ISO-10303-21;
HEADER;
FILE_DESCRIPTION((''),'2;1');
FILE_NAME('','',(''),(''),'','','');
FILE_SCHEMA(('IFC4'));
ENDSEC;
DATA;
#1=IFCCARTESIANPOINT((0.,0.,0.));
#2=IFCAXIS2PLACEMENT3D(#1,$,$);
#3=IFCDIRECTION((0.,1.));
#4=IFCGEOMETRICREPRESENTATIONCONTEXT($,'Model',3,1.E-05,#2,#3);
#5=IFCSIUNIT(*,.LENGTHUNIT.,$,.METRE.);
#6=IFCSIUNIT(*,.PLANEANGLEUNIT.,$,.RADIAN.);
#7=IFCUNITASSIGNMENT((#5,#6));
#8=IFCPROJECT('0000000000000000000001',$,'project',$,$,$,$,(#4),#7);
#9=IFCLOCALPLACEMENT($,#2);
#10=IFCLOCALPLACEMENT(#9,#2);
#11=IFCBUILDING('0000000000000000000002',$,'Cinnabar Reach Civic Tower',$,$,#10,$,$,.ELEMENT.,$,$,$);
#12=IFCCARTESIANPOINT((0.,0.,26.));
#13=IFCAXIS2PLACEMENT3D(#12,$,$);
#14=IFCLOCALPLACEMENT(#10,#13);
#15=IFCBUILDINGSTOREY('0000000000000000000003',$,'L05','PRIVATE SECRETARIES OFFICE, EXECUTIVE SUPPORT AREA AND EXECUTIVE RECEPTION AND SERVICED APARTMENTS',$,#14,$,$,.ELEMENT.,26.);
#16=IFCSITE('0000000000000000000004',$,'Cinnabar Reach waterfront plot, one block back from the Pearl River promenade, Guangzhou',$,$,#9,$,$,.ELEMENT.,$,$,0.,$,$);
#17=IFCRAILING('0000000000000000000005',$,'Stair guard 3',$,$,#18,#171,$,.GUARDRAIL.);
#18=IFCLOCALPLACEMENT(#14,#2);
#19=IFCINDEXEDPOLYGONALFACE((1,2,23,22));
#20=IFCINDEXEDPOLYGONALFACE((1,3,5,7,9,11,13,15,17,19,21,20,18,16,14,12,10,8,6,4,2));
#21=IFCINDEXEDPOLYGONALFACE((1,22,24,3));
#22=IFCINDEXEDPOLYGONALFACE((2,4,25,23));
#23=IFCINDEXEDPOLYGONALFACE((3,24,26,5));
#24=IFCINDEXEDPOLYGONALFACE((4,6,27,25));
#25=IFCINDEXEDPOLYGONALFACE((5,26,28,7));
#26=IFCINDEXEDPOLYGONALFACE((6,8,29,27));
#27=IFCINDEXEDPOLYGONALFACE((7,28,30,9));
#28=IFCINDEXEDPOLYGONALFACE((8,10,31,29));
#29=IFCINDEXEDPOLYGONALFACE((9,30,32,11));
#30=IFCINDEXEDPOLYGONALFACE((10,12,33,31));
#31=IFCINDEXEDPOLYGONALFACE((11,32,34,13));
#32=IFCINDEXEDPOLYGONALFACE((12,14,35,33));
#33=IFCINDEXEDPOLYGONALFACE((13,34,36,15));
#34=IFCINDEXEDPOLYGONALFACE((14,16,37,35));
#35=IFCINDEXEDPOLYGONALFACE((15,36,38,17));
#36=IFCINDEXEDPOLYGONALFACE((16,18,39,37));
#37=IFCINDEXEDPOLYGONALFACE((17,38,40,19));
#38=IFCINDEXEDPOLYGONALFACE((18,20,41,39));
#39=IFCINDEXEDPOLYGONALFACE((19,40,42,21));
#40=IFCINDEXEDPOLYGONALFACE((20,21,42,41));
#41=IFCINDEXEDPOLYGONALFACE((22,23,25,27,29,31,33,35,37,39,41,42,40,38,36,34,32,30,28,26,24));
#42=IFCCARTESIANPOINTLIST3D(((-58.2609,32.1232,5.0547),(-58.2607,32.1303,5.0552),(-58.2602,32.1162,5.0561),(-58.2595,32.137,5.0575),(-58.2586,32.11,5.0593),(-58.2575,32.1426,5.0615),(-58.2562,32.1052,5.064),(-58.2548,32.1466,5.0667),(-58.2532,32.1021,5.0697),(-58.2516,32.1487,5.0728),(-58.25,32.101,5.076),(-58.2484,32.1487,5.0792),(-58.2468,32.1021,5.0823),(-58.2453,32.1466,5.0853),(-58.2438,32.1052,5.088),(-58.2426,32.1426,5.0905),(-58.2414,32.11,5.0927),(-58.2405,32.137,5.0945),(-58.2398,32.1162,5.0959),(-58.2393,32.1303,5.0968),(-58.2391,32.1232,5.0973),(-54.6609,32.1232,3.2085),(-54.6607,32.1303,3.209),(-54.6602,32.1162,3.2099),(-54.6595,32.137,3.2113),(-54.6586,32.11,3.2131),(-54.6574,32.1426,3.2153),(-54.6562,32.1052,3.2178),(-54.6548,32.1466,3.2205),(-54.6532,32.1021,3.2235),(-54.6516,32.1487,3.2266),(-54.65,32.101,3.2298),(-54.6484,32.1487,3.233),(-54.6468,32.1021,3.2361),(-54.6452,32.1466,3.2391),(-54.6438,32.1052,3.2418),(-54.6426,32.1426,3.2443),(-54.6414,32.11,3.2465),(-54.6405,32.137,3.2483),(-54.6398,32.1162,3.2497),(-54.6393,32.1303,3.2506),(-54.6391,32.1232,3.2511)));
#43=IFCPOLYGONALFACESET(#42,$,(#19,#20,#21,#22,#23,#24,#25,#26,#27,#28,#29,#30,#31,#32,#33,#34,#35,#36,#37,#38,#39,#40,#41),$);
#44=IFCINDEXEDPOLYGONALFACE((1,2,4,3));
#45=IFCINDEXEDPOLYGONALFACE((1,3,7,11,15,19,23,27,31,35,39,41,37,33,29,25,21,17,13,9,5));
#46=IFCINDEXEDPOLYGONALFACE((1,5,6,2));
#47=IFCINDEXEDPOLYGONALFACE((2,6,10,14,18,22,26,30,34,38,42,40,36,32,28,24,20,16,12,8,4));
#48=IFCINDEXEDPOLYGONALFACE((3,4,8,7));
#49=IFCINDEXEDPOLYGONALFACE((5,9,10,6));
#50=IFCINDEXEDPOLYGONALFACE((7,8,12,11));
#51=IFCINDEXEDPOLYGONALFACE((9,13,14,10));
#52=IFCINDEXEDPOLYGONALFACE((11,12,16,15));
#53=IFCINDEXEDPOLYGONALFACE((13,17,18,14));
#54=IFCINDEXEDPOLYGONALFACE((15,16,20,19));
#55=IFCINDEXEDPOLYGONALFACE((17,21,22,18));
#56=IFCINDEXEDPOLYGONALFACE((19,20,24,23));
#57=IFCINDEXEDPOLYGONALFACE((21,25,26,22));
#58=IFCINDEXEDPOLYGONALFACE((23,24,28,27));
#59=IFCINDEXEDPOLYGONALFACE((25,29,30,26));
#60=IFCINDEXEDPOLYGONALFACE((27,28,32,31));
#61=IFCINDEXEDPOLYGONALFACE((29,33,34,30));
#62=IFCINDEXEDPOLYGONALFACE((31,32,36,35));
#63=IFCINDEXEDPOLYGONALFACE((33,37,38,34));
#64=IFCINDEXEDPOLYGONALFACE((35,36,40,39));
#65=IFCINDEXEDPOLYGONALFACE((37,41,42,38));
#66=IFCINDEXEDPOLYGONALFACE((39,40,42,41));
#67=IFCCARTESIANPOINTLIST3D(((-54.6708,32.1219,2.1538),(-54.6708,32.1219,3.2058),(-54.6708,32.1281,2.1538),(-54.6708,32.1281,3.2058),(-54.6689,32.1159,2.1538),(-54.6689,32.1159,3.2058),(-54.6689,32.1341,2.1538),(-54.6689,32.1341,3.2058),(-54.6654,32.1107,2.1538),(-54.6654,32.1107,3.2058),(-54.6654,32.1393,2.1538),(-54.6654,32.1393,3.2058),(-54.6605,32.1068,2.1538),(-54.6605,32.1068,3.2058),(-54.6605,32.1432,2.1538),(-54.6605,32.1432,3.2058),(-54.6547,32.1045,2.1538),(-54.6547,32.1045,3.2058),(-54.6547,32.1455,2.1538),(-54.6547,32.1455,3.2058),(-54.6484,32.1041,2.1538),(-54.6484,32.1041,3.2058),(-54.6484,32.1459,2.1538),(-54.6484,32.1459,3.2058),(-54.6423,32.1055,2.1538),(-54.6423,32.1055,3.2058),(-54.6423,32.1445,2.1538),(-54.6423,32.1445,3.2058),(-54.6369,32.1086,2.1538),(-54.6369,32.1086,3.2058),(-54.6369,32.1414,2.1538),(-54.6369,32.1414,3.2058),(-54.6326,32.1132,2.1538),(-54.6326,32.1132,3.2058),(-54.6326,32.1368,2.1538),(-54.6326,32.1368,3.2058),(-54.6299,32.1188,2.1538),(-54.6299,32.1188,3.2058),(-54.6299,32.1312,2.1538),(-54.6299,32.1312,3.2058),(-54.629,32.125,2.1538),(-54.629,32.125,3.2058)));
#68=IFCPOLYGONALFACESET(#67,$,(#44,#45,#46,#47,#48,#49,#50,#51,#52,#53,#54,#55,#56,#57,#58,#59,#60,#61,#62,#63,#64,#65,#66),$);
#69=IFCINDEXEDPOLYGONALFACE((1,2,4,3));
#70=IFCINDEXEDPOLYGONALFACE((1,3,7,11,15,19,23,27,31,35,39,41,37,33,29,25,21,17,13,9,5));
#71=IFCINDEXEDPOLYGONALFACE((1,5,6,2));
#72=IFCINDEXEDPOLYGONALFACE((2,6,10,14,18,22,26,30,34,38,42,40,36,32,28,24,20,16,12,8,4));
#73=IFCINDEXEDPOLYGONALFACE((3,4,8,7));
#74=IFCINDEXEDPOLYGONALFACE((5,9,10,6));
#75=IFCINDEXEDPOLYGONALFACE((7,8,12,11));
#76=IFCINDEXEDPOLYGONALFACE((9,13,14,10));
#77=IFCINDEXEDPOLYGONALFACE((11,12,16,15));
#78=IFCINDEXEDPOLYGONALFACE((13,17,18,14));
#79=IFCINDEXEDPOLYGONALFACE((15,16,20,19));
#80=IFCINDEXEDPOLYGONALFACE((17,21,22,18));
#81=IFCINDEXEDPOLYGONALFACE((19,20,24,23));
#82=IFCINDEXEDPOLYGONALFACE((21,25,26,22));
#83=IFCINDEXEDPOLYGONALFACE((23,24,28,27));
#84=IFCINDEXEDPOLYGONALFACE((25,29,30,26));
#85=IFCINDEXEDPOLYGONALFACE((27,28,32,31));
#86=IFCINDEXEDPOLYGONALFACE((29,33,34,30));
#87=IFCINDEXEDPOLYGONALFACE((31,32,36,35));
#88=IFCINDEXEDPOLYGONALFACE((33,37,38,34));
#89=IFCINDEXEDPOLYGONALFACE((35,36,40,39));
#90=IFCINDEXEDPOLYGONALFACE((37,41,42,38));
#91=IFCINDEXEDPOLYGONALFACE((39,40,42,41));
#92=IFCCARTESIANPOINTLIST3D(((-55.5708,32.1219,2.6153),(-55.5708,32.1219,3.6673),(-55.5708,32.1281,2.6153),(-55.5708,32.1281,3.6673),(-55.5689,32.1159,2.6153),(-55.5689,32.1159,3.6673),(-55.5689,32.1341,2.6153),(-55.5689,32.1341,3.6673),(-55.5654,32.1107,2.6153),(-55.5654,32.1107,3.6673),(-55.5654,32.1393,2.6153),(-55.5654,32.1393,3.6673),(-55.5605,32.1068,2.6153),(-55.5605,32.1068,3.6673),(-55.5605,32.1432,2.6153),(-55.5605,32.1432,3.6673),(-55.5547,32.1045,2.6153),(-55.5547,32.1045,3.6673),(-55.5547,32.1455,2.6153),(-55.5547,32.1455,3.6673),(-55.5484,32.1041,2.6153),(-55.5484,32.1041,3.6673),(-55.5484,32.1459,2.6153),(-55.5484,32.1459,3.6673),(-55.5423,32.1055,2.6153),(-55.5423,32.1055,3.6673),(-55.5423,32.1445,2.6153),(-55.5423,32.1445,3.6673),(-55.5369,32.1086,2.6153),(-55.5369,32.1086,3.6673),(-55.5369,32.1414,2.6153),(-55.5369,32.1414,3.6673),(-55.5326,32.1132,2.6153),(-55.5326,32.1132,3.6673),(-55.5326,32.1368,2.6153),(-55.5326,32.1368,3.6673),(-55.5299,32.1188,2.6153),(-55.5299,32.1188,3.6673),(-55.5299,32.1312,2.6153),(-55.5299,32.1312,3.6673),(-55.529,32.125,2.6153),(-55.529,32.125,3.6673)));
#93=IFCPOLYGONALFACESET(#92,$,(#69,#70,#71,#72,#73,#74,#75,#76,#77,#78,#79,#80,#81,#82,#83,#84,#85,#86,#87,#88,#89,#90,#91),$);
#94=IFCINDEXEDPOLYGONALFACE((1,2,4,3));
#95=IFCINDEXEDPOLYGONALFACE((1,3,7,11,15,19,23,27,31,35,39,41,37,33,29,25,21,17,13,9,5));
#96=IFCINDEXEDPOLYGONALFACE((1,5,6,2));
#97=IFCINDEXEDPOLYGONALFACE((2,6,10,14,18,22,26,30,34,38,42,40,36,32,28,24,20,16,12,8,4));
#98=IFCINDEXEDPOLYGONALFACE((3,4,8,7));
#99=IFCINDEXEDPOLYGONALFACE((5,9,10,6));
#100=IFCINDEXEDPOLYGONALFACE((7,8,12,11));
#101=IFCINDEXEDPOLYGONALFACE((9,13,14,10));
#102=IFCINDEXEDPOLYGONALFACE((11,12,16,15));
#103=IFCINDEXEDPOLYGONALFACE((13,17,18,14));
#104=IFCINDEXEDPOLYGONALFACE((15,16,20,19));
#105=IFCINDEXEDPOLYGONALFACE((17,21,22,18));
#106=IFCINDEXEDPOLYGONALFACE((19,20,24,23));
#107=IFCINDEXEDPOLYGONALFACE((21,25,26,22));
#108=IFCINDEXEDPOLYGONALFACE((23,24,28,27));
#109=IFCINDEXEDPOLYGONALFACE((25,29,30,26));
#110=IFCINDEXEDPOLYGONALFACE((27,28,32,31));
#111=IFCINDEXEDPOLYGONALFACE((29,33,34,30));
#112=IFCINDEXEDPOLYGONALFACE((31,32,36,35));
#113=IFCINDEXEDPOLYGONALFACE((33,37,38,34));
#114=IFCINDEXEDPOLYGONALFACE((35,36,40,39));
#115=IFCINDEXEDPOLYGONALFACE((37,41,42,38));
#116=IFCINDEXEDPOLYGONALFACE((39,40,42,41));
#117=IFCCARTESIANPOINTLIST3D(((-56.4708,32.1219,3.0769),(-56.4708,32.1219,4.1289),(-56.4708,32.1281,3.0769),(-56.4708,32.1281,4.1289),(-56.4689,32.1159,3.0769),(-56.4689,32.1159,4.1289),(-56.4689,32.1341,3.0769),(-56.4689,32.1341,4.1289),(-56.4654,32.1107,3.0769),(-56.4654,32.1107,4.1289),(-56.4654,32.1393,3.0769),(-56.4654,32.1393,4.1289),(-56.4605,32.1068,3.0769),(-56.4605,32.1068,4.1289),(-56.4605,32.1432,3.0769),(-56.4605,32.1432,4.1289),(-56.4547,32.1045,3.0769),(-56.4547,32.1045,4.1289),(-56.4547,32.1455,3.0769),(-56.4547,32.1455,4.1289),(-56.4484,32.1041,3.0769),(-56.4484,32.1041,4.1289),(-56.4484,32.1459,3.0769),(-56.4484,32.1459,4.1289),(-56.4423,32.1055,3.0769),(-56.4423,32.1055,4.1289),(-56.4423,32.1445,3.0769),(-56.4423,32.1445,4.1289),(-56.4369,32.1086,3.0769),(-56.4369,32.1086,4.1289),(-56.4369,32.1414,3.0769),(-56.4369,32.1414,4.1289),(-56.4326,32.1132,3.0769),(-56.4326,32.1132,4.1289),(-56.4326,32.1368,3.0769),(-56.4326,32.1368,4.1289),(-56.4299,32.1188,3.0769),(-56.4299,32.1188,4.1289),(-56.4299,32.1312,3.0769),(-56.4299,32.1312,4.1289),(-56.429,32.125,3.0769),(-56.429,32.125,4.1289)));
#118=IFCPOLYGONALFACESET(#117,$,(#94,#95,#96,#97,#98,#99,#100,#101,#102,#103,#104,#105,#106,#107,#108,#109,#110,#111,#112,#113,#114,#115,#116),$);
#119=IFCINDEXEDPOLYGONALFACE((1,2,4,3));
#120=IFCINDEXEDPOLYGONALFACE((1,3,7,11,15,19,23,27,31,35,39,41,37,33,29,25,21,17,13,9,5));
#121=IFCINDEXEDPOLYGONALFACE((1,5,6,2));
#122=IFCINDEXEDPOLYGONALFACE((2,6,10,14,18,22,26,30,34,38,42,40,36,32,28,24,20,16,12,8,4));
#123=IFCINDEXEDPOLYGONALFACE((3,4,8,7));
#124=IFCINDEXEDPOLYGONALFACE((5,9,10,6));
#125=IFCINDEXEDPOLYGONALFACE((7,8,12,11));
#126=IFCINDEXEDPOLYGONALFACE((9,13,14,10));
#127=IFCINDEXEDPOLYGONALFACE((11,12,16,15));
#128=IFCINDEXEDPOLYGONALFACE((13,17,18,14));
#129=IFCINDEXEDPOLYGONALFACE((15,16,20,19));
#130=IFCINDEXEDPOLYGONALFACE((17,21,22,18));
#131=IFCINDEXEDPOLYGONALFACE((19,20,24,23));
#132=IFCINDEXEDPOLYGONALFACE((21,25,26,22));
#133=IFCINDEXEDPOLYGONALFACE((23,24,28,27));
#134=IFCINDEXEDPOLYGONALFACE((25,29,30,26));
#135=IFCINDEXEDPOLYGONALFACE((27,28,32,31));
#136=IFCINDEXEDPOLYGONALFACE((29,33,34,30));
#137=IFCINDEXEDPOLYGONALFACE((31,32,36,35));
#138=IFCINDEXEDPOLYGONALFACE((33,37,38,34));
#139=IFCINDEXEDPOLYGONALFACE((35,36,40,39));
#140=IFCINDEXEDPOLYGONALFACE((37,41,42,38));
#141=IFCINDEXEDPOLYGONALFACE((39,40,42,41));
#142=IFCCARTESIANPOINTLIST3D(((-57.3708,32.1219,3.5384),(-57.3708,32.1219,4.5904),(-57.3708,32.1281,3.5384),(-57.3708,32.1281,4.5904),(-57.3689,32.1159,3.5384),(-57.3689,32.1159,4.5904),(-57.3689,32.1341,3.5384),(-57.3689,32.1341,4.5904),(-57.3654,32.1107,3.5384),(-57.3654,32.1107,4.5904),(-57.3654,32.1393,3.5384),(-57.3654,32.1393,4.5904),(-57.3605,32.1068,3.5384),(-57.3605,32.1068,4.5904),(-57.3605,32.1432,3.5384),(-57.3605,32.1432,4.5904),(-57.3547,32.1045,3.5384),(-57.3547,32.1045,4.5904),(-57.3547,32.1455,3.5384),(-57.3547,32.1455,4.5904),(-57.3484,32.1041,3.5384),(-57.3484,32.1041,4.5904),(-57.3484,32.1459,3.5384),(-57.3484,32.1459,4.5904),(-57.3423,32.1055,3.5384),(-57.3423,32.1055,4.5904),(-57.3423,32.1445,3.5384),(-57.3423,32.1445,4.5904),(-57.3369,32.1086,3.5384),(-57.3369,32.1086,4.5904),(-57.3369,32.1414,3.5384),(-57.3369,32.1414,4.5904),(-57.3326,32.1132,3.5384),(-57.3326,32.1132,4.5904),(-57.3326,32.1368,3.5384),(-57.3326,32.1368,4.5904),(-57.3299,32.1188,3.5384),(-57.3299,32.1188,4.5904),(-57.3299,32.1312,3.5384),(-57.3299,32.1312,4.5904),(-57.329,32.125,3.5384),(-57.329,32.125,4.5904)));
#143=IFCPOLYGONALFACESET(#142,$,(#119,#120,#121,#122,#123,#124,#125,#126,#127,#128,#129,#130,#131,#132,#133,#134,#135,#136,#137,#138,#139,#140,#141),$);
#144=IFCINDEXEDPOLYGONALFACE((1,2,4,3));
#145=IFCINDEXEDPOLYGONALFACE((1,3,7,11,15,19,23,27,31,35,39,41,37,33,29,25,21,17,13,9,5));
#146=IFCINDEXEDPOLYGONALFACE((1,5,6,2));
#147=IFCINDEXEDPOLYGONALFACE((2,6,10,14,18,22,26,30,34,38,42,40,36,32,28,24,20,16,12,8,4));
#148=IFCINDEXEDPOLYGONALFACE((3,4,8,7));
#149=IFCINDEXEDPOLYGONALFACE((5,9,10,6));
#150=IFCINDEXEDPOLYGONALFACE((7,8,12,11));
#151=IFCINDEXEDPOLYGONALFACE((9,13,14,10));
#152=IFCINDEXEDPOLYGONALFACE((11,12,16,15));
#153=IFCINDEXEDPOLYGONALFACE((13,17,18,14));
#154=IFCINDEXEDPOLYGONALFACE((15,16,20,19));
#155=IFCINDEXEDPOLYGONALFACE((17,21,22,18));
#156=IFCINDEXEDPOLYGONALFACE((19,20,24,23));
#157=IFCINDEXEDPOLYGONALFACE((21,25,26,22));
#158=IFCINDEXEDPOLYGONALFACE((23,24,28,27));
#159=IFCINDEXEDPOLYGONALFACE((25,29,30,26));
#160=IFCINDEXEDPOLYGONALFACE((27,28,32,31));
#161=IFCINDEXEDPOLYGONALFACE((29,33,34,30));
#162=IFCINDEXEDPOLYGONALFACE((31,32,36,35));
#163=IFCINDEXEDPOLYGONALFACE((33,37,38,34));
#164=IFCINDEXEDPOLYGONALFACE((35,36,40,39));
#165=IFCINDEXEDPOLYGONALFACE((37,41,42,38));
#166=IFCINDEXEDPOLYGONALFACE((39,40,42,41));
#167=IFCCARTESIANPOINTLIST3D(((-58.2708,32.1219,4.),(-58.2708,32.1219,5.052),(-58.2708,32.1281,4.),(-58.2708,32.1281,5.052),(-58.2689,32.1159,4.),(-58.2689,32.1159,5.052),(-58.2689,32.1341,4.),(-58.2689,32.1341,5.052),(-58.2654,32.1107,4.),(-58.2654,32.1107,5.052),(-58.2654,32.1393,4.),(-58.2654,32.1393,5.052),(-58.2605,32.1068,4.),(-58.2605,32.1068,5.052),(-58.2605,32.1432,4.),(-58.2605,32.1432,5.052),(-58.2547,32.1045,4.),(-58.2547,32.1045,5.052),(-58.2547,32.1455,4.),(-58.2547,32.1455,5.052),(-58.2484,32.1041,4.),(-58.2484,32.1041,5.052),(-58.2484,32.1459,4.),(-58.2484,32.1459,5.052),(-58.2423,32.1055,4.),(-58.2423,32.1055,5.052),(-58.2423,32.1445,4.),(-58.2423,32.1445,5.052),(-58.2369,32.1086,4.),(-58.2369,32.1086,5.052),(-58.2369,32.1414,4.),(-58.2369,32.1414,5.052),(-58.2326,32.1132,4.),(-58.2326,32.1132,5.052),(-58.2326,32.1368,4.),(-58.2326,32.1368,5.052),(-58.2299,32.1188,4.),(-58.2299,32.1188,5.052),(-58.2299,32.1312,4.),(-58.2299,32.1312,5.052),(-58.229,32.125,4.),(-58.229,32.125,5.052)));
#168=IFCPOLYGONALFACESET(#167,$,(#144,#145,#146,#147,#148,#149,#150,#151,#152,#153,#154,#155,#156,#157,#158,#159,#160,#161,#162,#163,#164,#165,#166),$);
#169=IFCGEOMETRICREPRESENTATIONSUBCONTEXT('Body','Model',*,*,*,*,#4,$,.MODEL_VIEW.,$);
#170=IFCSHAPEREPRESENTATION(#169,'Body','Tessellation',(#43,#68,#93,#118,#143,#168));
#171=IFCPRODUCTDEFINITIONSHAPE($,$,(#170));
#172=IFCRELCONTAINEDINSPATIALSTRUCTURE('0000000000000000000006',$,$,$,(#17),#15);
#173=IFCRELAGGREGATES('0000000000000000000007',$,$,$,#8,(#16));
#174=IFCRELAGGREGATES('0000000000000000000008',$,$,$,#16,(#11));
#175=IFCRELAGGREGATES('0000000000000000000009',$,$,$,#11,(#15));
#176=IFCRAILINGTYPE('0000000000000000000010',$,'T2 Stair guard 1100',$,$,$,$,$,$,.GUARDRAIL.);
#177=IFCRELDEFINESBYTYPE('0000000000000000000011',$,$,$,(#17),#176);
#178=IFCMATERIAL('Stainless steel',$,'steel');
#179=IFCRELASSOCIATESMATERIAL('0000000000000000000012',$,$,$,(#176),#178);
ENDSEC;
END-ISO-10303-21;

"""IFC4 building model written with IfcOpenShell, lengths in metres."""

from ifc_helpers import new_model, si_unit, direction, frame, origin, origin_2d, place, context, subcontext, project, spatial, circle, extrude, material, type_object, element, save


model = new_model("IFC4")

# Units and contexts
model_context = context("Model", 3, precision=1e-05, world=origin(), true_north=direction((0.0, 1.0)))
body_context = subcontext(model_context, "Body", "Model", "MODEL_VIEW")
ifc_project = project(units=[si_unit("LENGTHUNIT", "METRE"), si_unit("PLANEANGLEUNIT", "RADIAN")], contexts=[model_context])

# Site, building, storey
site_placement = place(None, origin())
site = spatial("IfcSite", under=ifc_project, at=site_placement, Name="Cinnabar Reach waterfront plot, one block back from the Pearl River promenade, Guangzhou", CompositionType="ELEMENT", RefElevation=0.0)
building_placement = place(site_placement, origin())
building = spatial("IfcBuilding", under=site, at=building_placement, Name="Cinnabar Reach Civic Tower", CompositionType="ELEMENT")
storey_placement = place(building_placement, frame((0.0, 0.0, 26.0)))
storey = spatial("IfcBuildingStorey", under=building, at=storey_placement, Name="L05", Description="PRIVATE SECRETARIES OFFICE, EXECUTIVE SUPPORT AREA AND EXECUTIVE RECEPTION AND SERVICED APARTMENTS", CompositionType="ELEMENT", Elevation=26.0)

# Railing
ifc_material_1 = material(Name="Stainless steel", Category="steel")
railing_type = type_object("IfcRailingType", Name="T2 Stair guard 1100", PredefinedType="GUARDRAIL", material=ifc_material_1)
railing_1_placement = place(storey_placement, frame((-54.65, 32.125, 2.1538)))
element("IfcRailing", 1, at=railing_1_placement, inside=storey, type_object=railing_type, Name="Stair guard 3", PredefinedType="GUARDRAIL", context=body_context, shape_type="SweptSolid", body=[
    extrude(circle(Radius=0.024, at=origin_2d()), frame((0.0, 0.0, 1.076), z_axis=(-0.889813, 0.0, 0.456326), x_axis=(0.0, -1.0, 0.0)), (0.0, 0.0, 1.0), 4.0458),
    extrude(circle(Radius=0.021, at=origin_2d()), origin(), (0.0, 0.0, 1.0), 1.052),
    extrude(circle(Radius=0.021, at=origin_2d()), frame((-0.9, 0.0, 0.4615)), (0.0, 0.0, 1.0), 1.052),
    extrude(circle(Radius=0.021, at=origin_2d()), frame((-1.8, 0.0, 0.9231)), (0.0, 0.0, 1.0), 1.052),
    extrude(circle(Radius=0.021, at=origin_2d()), frame((-2.7, 0.0, 1.3846)), (0.0, 0.0, 1.0), 1.052),
    extrude(circle(Radius=0.021, at=origin_2d()), frame((-3.6, 0.0, 1.8462)), (0.0, 0.0, 1.0), 1.052),
])

save(model, "model.ifc")
